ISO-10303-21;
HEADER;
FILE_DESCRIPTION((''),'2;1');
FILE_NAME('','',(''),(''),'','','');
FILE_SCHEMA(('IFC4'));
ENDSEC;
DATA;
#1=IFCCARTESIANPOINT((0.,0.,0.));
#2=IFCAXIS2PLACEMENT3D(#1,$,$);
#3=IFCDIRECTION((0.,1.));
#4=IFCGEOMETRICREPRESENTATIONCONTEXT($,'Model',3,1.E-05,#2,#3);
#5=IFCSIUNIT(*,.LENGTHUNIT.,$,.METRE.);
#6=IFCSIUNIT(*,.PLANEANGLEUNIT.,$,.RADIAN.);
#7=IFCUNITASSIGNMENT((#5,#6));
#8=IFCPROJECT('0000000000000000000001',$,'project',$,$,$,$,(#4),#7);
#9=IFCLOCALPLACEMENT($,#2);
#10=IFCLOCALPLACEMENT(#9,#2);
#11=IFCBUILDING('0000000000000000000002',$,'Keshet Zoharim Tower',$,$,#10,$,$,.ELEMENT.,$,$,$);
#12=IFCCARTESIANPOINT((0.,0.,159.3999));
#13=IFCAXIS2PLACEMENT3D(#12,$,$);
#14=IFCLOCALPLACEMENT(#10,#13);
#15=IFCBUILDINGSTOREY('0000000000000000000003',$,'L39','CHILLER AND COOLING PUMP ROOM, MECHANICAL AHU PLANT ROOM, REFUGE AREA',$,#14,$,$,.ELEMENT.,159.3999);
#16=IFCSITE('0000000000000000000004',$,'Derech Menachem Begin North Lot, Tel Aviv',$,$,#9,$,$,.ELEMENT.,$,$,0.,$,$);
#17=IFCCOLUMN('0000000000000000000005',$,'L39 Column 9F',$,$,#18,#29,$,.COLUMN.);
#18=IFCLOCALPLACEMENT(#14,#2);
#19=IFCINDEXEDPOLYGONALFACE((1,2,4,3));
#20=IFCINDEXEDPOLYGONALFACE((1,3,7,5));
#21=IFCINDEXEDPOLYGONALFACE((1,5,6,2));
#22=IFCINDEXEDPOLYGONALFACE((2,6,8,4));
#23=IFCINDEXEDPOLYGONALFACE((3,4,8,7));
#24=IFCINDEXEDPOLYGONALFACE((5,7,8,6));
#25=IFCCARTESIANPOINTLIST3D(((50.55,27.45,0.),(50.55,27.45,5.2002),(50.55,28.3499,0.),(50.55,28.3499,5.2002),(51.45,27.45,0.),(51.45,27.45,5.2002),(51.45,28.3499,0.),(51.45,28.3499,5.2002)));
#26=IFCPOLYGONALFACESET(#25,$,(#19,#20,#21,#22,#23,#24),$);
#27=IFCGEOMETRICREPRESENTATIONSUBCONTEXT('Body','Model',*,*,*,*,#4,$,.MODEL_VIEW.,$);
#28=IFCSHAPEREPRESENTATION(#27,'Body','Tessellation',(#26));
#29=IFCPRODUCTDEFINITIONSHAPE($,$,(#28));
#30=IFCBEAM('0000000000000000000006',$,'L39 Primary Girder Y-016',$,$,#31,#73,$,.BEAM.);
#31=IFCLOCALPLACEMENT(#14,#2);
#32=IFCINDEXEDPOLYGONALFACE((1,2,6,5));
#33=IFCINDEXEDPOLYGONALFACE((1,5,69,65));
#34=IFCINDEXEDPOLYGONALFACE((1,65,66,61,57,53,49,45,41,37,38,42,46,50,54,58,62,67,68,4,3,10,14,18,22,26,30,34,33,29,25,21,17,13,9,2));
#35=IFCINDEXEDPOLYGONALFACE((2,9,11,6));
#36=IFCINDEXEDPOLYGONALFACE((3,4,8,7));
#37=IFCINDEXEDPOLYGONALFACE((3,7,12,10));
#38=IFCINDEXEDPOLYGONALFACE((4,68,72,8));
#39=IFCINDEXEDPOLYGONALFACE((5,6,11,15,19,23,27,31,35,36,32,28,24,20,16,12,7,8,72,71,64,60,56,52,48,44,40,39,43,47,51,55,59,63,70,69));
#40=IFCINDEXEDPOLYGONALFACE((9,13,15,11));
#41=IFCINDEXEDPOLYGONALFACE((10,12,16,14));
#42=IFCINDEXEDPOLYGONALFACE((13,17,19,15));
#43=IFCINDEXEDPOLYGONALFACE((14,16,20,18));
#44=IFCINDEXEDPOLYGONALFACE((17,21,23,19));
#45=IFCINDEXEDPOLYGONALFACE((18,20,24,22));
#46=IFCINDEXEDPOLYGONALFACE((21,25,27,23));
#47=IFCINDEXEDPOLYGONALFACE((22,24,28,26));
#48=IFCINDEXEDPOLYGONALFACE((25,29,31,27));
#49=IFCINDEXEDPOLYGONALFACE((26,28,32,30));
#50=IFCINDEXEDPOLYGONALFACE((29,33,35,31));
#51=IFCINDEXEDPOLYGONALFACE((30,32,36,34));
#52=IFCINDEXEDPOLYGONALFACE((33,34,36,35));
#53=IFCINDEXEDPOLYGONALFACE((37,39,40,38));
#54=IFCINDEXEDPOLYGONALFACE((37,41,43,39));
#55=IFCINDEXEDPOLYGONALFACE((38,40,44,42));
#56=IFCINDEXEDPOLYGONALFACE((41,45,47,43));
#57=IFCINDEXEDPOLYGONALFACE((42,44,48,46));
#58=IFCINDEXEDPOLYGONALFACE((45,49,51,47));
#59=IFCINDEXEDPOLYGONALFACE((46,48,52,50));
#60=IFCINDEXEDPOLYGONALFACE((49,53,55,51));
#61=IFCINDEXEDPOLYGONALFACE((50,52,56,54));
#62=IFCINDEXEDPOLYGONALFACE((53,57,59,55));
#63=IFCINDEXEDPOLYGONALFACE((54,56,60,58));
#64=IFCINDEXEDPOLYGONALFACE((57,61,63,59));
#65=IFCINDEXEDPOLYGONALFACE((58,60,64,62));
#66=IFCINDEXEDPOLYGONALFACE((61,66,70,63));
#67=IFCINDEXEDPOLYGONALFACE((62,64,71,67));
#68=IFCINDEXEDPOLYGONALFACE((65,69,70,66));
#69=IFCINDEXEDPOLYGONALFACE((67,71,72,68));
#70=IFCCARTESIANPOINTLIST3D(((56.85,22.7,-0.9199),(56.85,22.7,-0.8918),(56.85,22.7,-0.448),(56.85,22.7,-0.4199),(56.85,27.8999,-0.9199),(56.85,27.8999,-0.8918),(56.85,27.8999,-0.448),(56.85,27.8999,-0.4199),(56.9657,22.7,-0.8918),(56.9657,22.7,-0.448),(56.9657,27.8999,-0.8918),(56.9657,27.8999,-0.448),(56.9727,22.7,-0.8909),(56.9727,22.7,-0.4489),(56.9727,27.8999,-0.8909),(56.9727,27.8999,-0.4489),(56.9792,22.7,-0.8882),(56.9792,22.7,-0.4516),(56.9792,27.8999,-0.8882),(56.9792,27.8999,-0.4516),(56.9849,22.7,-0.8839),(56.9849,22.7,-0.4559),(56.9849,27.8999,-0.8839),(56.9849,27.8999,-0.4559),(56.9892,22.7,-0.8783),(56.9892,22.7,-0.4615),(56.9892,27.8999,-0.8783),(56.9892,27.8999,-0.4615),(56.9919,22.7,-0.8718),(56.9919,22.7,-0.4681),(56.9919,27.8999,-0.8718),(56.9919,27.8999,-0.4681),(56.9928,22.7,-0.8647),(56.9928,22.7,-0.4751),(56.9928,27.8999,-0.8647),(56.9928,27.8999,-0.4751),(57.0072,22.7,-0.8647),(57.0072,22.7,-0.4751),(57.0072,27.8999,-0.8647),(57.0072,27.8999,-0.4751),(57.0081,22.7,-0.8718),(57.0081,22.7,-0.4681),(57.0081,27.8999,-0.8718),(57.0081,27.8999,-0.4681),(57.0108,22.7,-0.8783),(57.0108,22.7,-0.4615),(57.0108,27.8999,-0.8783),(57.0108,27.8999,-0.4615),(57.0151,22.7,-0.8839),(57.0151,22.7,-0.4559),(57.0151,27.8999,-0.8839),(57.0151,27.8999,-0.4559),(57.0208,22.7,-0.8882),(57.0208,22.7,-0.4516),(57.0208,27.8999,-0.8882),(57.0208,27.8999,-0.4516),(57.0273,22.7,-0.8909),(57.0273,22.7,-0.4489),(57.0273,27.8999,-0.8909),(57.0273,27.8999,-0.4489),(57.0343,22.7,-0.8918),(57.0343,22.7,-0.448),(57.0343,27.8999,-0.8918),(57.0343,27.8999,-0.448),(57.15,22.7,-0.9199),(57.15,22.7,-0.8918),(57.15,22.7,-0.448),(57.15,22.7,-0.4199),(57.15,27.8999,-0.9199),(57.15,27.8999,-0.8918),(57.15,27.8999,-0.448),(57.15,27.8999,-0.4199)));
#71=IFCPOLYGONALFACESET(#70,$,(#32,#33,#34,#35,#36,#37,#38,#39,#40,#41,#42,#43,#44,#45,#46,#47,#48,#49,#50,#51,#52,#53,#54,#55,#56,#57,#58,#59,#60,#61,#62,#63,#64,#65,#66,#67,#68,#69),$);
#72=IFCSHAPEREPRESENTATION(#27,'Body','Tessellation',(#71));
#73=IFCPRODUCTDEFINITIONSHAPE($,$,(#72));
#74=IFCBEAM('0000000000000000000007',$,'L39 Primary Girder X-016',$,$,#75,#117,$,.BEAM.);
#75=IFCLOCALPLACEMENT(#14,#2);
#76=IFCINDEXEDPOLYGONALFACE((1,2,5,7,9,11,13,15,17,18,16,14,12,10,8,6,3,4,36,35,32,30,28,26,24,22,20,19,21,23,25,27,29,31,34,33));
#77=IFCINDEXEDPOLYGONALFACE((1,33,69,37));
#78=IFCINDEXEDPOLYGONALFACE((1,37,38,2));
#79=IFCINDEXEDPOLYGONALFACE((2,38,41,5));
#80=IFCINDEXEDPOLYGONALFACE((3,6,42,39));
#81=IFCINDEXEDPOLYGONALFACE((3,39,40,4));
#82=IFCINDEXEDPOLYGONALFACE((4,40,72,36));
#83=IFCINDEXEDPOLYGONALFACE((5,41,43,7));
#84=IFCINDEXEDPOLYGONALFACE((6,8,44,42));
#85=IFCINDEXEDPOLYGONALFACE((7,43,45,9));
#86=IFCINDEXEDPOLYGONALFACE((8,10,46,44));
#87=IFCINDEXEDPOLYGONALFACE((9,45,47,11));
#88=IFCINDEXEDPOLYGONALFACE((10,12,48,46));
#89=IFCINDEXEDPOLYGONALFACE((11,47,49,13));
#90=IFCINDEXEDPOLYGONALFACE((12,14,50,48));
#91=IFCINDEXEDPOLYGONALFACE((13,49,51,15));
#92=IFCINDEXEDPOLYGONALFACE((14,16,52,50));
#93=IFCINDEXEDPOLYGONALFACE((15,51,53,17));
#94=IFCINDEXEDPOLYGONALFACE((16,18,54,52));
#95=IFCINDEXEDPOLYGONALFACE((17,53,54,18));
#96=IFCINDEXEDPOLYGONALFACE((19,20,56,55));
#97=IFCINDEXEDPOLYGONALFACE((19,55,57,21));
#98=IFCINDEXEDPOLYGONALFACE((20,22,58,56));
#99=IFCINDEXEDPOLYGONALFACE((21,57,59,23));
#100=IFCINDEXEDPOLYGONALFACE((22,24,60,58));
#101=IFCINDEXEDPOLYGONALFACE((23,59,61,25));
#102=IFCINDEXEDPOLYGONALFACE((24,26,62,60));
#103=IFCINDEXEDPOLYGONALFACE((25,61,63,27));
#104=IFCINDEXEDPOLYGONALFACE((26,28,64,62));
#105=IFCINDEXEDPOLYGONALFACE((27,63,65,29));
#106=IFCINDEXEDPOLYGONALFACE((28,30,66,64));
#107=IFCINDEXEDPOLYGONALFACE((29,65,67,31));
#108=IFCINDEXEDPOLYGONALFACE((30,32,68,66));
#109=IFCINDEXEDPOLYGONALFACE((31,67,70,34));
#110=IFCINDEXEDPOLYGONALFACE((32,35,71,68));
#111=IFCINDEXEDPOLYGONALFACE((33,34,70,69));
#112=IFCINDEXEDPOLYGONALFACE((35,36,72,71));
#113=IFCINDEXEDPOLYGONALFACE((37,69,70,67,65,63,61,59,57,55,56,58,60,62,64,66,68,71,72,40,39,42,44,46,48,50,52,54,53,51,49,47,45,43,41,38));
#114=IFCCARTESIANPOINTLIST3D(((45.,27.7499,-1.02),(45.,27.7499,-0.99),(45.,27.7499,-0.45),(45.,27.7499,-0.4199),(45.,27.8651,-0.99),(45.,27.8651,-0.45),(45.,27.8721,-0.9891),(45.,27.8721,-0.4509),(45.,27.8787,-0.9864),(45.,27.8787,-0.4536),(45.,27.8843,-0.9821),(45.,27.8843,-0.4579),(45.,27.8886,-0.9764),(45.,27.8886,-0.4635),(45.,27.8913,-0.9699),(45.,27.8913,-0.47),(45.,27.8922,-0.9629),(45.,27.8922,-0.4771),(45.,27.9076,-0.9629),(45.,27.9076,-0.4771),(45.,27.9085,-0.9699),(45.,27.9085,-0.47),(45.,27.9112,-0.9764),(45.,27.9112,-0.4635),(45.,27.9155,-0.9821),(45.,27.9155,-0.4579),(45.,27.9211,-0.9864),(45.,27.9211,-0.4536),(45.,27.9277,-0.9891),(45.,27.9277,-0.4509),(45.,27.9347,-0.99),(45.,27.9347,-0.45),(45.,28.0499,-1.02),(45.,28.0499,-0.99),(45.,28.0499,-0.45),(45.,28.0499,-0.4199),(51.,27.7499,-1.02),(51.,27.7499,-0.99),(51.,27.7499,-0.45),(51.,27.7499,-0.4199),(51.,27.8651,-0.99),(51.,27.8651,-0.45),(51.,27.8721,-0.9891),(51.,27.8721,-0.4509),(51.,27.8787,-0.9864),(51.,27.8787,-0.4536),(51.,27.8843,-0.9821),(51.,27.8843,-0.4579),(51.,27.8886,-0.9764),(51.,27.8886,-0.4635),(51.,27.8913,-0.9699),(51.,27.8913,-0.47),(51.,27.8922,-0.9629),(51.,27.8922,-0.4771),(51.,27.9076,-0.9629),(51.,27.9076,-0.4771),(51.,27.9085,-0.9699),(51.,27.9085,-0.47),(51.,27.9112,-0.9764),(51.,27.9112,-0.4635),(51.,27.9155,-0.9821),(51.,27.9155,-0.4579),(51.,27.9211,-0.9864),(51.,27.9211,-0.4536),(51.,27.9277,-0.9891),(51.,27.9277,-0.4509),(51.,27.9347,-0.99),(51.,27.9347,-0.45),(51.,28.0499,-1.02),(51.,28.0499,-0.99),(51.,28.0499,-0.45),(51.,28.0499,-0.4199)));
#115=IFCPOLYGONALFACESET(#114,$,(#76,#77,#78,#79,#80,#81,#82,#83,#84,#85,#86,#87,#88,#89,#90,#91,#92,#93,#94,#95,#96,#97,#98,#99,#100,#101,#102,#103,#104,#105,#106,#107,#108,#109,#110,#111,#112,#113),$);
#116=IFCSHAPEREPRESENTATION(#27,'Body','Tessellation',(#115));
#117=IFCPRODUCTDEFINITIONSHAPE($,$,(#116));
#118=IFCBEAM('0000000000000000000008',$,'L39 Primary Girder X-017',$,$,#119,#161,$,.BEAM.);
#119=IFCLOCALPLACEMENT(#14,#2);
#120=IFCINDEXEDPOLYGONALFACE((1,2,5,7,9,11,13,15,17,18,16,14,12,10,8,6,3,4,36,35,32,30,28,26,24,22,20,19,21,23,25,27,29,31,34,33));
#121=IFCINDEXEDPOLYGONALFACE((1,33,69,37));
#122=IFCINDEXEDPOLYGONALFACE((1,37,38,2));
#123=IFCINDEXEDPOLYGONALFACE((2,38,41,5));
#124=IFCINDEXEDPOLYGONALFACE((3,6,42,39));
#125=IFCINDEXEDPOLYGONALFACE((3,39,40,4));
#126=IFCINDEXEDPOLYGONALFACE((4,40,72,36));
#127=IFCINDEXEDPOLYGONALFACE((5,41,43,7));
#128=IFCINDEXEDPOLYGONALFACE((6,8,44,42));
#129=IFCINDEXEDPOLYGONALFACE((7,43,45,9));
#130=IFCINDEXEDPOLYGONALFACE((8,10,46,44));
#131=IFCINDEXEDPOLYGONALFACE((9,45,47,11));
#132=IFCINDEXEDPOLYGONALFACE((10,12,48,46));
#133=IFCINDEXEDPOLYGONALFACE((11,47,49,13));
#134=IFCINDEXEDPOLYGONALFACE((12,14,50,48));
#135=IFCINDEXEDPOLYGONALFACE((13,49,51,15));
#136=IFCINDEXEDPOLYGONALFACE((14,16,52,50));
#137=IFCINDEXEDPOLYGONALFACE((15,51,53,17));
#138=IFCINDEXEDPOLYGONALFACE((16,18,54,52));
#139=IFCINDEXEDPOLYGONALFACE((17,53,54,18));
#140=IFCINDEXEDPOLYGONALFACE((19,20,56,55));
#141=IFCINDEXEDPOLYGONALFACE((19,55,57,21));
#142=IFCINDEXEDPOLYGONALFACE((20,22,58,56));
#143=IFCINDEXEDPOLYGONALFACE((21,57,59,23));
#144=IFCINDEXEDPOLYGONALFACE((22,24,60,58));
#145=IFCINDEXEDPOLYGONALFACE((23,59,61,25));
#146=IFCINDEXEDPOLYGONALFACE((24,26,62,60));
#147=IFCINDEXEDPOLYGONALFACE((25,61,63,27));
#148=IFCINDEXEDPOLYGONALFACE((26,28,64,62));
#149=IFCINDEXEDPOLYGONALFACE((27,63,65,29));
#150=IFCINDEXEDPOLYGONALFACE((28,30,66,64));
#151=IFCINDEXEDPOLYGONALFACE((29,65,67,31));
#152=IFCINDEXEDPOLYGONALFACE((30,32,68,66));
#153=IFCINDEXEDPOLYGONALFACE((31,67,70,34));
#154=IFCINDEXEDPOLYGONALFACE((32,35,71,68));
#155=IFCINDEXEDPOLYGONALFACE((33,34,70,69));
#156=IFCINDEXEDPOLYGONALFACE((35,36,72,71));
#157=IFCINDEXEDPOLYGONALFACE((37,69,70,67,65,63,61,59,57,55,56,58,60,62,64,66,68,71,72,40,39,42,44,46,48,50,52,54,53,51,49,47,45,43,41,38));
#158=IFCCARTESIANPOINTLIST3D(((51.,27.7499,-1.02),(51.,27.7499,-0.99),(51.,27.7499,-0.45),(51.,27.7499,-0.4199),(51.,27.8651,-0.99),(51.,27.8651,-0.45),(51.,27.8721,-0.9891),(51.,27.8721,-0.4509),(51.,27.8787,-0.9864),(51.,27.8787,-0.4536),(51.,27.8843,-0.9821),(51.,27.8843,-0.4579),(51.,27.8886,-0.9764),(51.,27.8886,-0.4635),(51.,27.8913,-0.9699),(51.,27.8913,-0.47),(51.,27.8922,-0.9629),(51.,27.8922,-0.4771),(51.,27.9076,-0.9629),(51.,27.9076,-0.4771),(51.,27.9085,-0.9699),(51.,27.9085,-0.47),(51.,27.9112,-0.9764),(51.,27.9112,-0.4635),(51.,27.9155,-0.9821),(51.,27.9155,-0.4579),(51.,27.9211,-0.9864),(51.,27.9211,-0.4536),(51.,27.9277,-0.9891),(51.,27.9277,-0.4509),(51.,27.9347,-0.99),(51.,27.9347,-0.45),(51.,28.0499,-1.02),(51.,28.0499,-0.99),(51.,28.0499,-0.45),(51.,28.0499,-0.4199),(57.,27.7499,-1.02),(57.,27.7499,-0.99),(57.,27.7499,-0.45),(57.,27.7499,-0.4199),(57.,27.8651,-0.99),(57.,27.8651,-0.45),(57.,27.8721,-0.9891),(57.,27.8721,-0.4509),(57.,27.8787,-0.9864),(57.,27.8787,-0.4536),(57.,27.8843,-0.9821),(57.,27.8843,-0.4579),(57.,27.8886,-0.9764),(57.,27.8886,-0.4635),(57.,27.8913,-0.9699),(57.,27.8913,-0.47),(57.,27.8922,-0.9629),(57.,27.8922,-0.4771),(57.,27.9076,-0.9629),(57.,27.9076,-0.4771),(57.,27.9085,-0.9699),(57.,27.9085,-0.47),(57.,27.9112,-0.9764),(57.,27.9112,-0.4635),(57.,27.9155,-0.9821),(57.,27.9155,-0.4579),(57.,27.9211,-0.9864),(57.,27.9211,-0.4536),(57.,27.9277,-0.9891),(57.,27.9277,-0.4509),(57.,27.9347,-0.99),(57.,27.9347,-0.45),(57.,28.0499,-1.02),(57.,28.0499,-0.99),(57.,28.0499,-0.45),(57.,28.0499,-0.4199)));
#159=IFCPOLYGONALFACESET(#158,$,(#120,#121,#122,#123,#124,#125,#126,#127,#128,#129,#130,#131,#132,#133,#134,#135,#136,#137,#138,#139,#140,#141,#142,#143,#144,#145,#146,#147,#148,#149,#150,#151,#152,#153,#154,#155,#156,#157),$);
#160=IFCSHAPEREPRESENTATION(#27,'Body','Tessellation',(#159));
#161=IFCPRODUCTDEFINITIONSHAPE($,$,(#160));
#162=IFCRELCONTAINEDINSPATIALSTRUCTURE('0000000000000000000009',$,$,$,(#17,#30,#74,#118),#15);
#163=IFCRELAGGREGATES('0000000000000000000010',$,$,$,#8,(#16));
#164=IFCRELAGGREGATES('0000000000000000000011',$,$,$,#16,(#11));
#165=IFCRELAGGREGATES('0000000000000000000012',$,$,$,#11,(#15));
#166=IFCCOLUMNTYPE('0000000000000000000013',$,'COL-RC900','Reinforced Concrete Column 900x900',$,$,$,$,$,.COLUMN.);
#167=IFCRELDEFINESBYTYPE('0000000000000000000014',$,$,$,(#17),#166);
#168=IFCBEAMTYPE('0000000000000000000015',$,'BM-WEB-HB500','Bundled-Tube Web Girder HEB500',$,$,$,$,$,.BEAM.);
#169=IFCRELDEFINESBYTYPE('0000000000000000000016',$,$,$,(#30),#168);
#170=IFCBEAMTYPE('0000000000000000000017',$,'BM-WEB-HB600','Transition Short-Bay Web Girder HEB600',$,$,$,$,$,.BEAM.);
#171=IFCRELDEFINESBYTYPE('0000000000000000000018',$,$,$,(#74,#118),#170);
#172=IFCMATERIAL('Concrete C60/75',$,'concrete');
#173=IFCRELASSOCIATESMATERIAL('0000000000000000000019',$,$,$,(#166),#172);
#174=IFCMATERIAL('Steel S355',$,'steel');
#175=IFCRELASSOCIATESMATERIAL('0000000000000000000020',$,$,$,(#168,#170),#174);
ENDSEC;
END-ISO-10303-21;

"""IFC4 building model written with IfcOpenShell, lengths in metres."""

from ifc_helpers import new_model, si_unit, direction, frame, origin, origin_2d, place, context, subcontext, project, spatial, rectangle, i_section, extrude, material, material_profile, profile_set, type_object, element, save


model = new_model("IFC4")

# Units and contexts
model_context = context("Model", 3, precision=1e-05, world=origin(), true_north=direction((0.0, 1.0)))
body_context = subcontext(model_context, "Body", "Model", "MODEL_VIEW")
ifc_project = project(units=[si_unit("LENGTHUNIT", "METRE"), si_unit("PLANEANGLEUNIT", "RADIAN")], contexts=[model_context])

# Site, building, storey
site_placement = place(None, origin())
site = spatial("IfcSite", under=ifc_project, at=site_placement, Name="Derech Menachem Begin North Lot, Tel Aviv", CompositionType="ELEMENT", RefElevation=0.0)
building_placement = place(site_placement, origin())
building = spatial("IfcBuilding", under=site, at=building_placement, Name="Keshet Zoharim Tower", CompositionType="ELEMENT")
storey_placement = place(building_placement, frame((0.0, 0.0, 159.3999)))
storey = spatial("IfcBuildingStorey", under=building, at=storey_placement, Name="L39", Description="CHILLER AND COOLING PUMP ROOM, MECHANICAL AHU PLANT ROOM, REFUGE AREA", CompositionType="ELEMENT", Elevation=159.3999)

# Column
ifc_material_1 = material(Name="Steel S355", Category="steel")
ifc_material_2 = material(Name="Concrete C60/75", Category="concrete")
ifc_material_profile_1 = material_profile(ifc_material_2, rectangle(XDim=0.8999, YDim=0.8999, at=origin_2d()), Name="RC900x900")
ifc_profile_set_1 = profile_set([ifc_material_profile_1], Name="Concrete C60/75")
column_type_1 = type_object("IfcColumnType", Name="COL-RC900", Description="Reinforced Concrete Column 900x900", PredefinedType="COLUMN", material=ifc_profile_set_1)
for number, where, z_axis, x_axis, name in (
    (1, (51.0, 27.8999, 0.0), (0.0, 0.0, 1.0), (1.0, 0.0, 0.0), "L39 Column 9F"),
):
    element("IfcColumn", number, at=place(storey_placement, frame(where, z_axis=z_axis, x_axis=x_axis)), inside=storey, type_object=column_type_1, Name=name, PredefinedType="COLUMN", context=body_context, shape_type="SweptSolid", body=[
        extrude(rectangle(XDim=0.8999, YDim=0.8999, at=origin_2d()), origin(), (0.0, 0.0, 1.0), 5.2002),
    ])

# Beams
ifc_material_profile_2 = material_profile(ifc_material_1, i_section(OverallWidth=0.3, OverallDepth=0.5, WebThickness=0.0144, FlangeThickness=0.0281, FilletRadius=0.0271, at=origin_2d()), Name="HEB500")
ifc_profile_set_2 = profile_set([ifc_material_profile_2], Name="Steel S355")
beam_type_1 = type_object("IfcBeamType", Name="BM-WEB-HB500", Description="Bundled-Tube Web Girder HEB500", PredefinedType="BEAM", material=ifc_profile_set_2)
beam_placement = place(storey_placement, frame((57.0, 22.7, -0.6699), z_axis=(0.0, 1.0, 0.0), x_axis=(-1.0, 0.0, 0.0)))
element("IfcBeam", 2, at=beam_placement, inside=storey, type_object=beam_type_1, Name="L39 Primary Girder Y-016", PredefinedType="BEAM", context=body_context, shape_type="SweptSolid", body=[
    extrude(i_section(OverallWidth=0.3, OverallDepth=0.5, WebThickness=0.0144, FlangeThickness=0.0281, FilletRadius=0.0271, at=origin_2d()), origin(), (0.0, 0.0, 1.0), 5.2),
])
ifc_material_profile_3 = material_profile(ifc_material_1, i_section(OverallWidth=0.3, OverallDepth=0.6001, WebThickness=0.0154, FlangeThickness=0.03, FilletRadius=0.0271, at=origin_2d()), Name="HEB600")
ifc_profile_set_3 = profile_set([ifc_material_profile_3], Name="Steel S355")
beam_type_2 = type_object("IfcBeamType", Name="BM-WEB-HB600", Description="Transition Short-Bay Web Girder HEB600", PredefinedType="BEAM", material=ifc_profile_set_3)
for number, where, z_axis, x_axis, name in (
    (3, (45.0, 27.8999, -0.72), (1.0, 0.0, 0.0), (0.0, 1.0, 0.0), "L39 Primary Girder X-016"),
    (4, (51.0, 27.8999, -0.72), (1.0, 0.0, 0.0), (0.0, 1.0, 0.0), "L39 Primary Girder X-017"),
):
    element("IfcBeam", number, at=place(storey_placement, frame(where, z_axis=z_axis, x_axis=x_axis)), inside=storey, type_object=beam_type_2, Name=name, PredefinedType="BEAM", context=body_context, shape_type="SweptSolid", body=[
        extrude(i_section(OverallWidth=0.3, OverallDepth=0.6001, WebThickness=0.0154, FlangeThickness=0.03, FilletRadius=0.0271, at=origin_2d()), origin(), (0.0, 0.0, 1.0), 6.0),
    ])

save(model, "model.ifc")
